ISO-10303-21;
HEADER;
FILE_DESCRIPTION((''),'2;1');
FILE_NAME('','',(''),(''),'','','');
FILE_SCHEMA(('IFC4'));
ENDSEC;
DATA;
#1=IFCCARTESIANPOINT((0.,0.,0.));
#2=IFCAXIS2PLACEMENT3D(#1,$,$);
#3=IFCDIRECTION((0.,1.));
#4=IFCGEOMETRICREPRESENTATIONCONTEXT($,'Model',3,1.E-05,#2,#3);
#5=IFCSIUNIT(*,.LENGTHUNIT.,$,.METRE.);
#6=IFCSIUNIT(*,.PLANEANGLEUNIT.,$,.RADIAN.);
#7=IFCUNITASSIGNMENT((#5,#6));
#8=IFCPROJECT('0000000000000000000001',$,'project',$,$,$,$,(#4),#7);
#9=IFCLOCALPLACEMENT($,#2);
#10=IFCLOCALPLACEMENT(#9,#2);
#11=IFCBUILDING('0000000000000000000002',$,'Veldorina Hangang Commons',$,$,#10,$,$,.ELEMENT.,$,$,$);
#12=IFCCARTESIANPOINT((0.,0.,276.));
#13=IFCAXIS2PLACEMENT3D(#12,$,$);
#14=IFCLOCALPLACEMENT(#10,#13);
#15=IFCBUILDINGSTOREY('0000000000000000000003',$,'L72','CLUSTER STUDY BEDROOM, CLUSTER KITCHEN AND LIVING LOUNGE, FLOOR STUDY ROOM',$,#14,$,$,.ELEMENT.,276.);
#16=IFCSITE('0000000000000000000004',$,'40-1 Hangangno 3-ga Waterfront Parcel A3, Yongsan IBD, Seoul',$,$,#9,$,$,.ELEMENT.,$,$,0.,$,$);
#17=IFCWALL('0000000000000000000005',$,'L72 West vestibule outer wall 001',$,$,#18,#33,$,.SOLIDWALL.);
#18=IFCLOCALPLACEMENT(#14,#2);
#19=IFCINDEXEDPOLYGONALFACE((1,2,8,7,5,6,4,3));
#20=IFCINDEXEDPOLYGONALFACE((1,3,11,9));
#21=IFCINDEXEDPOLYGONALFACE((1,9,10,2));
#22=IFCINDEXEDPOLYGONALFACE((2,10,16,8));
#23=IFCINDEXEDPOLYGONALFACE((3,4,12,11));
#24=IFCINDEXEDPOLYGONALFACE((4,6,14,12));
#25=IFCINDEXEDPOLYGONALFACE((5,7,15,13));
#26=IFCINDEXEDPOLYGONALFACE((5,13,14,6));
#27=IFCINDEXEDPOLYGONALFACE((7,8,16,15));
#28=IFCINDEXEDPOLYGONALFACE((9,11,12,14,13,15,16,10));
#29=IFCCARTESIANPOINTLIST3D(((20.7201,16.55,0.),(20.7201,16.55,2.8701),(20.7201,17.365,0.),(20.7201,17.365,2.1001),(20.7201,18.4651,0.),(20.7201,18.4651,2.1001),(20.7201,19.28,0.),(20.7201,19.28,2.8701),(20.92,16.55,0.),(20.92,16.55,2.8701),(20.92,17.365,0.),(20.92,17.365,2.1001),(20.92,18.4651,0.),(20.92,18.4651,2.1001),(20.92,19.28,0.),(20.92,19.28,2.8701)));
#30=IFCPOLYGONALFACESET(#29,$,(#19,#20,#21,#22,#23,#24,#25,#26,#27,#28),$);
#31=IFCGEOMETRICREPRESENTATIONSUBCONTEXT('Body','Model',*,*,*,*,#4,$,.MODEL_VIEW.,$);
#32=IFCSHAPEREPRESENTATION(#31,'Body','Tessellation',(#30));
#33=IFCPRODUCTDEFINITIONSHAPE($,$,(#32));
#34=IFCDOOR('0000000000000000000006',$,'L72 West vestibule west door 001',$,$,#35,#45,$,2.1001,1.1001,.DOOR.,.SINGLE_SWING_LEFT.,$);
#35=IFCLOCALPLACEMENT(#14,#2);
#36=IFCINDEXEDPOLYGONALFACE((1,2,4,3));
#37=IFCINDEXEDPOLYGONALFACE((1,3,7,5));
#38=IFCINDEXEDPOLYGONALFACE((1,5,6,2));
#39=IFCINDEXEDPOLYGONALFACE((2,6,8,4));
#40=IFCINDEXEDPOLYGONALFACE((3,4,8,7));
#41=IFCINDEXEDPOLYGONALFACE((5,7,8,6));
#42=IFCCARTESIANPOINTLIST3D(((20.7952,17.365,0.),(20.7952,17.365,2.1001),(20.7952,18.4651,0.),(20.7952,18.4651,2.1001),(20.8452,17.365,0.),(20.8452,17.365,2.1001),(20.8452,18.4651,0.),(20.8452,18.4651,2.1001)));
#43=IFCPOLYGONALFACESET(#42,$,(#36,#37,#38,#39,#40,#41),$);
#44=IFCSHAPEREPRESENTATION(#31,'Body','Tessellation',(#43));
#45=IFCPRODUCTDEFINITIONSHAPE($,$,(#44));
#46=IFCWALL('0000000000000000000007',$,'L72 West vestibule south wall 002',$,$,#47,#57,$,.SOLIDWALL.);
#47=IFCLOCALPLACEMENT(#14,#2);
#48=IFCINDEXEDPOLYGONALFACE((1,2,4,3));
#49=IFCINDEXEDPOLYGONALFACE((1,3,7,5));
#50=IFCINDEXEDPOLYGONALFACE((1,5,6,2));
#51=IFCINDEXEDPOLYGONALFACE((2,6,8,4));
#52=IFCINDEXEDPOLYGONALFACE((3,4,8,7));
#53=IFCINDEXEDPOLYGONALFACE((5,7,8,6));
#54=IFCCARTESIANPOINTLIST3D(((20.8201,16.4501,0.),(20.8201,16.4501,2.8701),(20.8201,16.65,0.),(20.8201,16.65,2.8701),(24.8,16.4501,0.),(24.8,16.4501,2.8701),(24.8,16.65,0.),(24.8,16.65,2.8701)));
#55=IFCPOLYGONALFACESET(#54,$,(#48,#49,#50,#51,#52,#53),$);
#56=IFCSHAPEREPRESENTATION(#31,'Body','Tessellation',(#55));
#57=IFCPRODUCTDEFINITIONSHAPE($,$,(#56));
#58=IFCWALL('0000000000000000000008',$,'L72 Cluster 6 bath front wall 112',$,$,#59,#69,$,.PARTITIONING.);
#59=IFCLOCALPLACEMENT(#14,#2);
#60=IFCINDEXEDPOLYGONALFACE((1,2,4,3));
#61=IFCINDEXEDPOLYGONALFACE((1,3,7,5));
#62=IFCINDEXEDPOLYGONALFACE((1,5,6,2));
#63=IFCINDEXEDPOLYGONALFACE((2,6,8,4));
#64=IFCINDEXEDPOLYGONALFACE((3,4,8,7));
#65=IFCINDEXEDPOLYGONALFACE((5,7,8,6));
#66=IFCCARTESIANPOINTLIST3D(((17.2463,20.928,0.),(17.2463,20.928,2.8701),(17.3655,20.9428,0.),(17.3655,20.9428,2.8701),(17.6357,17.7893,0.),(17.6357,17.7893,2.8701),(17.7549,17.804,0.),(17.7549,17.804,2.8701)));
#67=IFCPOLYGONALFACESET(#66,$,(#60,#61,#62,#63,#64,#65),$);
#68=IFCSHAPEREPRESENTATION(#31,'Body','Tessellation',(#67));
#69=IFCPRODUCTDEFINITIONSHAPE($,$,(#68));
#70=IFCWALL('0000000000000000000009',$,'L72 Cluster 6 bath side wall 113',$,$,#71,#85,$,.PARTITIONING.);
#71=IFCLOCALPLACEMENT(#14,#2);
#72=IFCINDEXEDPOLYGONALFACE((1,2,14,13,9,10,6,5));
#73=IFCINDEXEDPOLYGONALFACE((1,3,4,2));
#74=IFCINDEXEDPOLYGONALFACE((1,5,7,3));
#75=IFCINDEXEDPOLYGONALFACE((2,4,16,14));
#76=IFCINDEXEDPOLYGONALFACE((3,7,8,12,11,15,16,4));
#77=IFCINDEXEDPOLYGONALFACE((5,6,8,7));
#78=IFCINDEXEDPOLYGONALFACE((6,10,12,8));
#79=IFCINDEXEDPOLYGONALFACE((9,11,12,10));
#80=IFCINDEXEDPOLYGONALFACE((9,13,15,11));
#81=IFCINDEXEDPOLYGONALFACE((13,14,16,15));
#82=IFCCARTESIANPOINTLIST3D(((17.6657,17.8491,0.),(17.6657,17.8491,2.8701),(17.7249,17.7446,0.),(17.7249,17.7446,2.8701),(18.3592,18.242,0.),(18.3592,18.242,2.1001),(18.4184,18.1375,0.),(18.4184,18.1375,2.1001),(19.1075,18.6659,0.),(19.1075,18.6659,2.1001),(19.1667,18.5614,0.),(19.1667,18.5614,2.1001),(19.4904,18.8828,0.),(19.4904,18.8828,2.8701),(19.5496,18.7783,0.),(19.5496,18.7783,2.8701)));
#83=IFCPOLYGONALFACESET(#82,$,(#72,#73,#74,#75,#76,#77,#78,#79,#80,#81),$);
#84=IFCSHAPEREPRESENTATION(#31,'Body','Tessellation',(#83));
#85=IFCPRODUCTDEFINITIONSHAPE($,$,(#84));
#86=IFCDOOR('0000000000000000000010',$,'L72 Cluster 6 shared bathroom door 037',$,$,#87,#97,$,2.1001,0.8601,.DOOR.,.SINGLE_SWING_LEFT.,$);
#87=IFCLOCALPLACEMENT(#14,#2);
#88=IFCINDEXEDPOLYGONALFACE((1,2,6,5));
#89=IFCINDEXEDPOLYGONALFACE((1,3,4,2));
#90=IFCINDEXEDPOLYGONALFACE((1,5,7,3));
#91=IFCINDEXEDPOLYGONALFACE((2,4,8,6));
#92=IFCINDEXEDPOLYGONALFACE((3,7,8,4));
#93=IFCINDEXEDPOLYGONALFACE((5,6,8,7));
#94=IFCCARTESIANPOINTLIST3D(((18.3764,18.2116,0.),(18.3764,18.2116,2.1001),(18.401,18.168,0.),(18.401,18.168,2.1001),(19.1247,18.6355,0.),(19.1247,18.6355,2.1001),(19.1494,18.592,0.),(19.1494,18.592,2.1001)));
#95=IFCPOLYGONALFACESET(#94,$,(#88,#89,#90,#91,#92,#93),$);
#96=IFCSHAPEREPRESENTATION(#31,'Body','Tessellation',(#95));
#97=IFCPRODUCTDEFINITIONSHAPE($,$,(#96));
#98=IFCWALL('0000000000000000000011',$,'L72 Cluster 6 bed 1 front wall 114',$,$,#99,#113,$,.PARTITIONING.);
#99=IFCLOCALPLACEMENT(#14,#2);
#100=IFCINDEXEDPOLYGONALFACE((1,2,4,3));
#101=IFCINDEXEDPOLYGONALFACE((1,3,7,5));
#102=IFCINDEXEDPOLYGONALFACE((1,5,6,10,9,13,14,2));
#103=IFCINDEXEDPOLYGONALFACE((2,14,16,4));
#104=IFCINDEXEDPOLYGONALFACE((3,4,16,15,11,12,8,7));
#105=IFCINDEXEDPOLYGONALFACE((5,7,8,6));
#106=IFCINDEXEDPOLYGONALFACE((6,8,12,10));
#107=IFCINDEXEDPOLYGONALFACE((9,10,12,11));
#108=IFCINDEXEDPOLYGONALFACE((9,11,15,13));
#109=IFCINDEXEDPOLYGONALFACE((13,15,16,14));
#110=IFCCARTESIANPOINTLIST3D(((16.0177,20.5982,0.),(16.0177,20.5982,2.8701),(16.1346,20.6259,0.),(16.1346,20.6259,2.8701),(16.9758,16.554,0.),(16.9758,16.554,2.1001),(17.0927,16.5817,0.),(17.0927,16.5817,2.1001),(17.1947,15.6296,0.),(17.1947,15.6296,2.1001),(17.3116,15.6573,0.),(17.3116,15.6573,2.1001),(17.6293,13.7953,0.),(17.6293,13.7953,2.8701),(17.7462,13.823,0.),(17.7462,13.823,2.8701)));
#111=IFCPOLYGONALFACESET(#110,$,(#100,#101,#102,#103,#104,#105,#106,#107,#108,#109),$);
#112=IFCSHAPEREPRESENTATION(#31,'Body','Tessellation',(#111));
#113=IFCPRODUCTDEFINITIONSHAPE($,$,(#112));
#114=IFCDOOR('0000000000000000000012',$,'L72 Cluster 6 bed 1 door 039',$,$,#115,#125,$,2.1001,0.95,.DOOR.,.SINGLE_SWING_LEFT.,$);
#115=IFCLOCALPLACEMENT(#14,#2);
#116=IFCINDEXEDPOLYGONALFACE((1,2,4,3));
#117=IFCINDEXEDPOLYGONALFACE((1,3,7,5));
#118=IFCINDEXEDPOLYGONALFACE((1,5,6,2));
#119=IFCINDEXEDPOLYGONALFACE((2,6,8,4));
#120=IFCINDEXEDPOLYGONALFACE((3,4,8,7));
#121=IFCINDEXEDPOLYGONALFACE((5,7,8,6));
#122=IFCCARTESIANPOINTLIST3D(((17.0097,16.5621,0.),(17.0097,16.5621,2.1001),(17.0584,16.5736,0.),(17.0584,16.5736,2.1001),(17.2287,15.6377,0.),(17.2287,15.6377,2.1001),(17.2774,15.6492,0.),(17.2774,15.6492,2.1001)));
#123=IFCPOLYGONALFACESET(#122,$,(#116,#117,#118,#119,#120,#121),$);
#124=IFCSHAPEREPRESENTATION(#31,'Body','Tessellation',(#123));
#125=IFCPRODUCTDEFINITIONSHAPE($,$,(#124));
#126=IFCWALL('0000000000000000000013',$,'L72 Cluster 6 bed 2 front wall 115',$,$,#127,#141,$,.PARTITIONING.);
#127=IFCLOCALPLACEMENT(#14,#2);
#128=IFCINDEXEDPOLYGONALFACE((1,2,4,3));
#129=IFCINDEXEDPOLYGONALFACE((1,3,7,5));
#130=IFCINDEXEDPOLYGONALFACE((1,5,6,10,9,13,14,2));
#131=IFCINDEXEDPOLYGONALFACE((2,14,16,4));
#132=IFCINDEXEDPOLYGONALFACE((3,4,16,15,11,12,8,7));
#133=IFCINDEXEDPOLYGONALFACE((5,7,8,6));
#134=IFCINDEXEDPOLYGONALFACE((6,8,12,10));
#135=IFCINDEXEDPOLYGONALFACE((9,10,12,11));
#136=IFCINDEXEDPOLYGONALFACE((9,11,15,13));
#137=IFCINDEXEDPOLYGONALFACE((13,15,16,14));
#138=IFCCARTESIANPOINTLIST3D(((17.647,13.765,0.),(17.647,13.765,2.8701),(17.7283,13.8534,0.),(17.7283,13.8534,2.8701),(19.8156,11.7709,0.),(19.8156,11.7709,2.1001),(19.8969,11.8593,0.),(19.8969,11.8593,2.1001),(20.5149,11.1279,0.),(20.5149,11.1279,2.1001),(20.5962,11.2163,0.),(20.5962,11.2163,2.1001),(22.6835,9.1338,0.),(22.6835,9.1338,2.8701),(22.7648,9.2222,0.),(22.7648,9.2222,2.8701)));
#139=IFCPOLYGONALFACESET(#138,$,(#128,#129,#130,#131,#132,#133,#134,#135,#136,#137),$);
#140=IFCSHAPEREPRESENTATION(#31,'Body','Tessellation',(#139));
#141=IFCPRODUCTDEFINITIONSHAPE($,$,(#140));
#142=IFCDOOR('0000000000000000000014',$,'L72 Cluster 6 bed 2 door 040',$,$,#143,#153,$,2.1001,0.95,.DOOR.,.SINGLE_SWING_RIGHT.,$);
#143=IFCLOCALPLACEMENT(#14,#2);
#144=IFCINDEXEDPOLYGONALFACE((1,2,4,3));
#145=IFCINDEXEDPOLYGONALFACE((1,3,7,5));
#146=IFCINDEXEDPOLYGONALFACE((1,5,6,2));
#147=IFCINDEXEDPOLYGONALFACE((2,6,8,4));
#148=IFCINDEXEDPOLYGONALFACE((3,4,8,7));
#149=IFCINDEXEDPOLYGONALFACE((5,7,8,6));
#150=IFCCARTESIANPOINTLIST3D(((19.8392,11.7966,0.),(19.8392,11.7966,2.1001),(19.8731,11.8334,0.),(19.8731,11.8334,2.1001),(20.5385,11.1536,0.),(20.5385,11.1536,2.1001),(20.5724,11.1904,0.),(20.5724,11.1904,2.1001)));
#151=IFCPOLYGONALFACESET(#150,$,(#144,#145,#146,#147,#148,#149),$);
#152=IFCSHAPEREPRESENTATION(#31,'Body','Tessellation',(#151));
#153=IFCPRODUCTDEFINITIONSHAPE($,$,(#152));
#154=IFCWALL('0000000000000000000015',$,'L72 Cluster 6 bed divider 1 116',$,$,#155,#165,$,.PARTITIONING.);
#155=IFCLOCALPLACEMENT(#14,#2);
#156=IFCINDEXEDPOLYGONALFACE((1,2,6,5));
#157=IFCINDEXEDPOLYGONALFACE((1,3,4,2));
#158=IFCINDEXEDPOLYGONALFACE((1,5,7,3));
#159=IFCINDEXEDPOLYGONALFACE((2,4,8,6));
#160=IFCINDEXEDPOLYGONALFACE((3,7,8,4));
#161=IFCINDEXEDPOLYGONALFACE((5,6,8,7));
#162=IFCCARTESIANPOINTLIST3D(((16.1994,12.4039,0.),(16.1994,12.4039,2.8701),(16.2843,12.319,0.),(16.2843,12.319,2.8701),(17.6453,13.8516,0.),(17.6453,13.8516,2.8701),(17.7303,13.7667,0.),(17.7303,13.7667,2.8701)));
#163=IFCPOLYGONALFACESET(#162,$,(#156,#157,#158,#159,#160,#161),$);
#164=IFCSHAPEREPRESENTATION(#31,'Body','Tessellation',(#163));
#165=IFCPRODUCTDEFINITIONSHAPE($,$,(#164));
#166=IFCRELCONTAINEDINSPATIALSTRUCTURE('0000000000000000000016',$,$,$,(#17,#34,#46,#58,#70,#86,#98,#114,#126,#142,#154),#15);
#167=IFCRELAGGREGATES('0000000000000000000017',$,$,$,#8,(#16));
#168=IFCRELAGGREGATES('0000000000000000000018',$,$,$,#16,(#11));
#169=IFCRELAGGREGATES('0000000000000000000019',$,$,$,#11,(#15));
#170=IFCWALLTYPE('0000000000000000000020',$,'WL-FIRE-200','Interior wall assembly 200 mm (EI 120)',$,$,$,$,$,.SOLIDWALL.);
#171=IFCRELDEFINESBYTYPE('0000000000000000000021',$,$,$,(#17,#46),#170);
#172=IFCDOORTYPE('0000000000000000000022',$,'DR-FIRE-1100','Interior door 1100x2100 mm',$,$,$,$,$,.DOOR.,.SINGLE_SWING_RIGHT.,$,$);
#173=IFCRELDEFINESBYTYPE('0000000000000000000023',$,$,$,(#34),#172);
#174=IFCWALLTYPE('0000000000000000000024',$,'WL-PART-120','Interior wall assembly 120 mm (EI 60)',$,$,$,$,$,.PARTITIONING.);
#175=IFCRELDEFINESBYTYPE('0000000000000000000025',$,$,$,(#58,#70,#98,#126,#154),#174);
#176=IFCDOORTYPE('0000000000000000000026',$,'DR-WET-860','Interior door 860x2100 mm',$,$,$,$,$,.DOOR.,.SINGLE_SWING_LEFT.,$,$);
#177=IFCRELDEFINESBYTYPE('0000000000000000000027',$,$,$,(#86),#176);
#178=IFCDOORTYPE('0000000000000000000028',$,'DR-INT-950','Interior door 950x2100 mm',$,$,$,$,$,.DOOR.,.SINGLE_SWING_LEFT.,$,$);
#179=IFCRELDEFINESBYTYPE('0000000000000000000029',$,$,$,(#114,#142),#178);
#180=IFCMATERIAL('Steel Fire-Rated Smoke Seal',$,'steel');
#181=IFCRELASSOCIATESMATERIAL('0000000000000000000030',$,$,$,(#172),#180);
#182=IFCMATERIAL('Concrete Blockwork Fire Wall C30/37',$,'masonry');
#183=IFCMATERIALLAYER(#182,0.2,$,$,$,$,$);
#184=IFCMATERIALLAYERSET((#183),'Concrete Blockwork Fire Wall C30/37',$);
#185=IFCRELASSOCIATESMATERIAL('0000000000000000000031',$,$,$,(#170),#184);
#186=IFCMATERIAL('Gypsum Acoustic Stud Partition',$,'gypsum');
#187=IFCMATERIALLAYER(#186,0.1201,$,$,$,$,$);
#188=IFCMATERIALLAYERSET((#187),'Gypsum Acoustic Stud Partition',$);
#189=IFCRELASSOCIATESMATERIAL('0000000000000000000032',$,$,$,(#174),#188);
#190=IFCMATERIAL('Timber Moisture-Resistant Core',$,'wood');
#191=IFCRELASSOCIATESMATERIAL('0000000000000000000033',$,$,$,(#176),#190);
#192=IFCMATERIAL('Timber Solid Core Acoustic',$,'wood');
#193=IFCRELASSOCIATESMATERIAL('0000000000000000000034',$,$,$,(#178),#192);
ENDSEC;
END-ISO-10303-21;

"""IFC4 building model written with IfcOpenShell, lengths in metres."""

from ifc_helpers import new_model, si_unit, direction, frame, frame_2d, origin, place, context, subcontext, project, spatial, rectangle, extrude, material, layer, layer_set, type_object, element, fill, save


model = new_model("IFC4")

# Units and contexts
model_context = context("Model", 3, precision=1e-05, world=origin(), true_north=direction((0.0, 1.0)))
body_context = subcontext(model_context, "Body", "Model", "MODEL_VIEW")
ifc_project = project(units=[si_unit("LENGTHUNIT", "METRE"), si_unit("PLANEANGLEUNIT", "RADIAN")], contexts=[model_context])

# Site, building, storey
site_placement = place(None, origin())
site = spatial("IfcSite", under=ifc_project, at=site_placement, Name="40-1 Hangangno 3-ga Waterfront Parcel A3, Yongsan IBD, Seoul", CompositionType="ELEMENT", RefElevation=0.0)
building_placement = place(site_placement, origin())
building = spatial("IfcBuilding", under=site, at=building_placement, Name="Veldorina Hangang Commons", CompositionType="ELEMENT")
storey_placement = place(building_placement, frame((0.0, 0.0, 276.0)))
storey = spatial("IfcBuildingStorey", under=building, at=storey_placement, Name="L72", Description="CLUSTER STUDY BEDROOM, CLUSTER KITCHEN AND LIVING LOUNGE, FLOOR STUDY ROOM", CompositionType="ELEMENT", Elevation=276.0)

# Shared definitions
ifc_material_1 = material(Name="Steel Fire-Rated Smoke Seal", Category="steel")
door_type_1 = type_object("IfcDoorType", Name="DR-FIRE-1100", Description="Interior door 1100x2100 mm", OperationType="SINGLE_SWING_RIGHT", PredefinedType="DOOR", material=ifc_material_1)

# Wall, opening, door
ifc_material_2 = material(Name="Concrete Blockwork Fire Wall C30/37", Category="masonry")
ifc_layer_1 = layer(ifc_material_2, 0.2)
ifc_layer_set_1 = layer_set([ifc_layer_1], Name="Concrete Blockwork Fire Wall C30/37")
wall_type_1 = type_object("IfcWallType", Name="WL-FIRE-200", Description="Interior wall assembly 200 mm (EI 120)", PredefinedType="SOLIDWALL", material=ifc_layer_set_1)
wall_1_placement = place(storey_placement, frame((20.8201, 16.55, 0.0), z_axis=(0.0, 0.0, 1.0), x_axis=(0.0, 1.0, 0.0)))
wall_1 = element("IfcWall", 1, at=wall_1_placement, inside=storey, type_object=wall_type_1, Name="L72 West vestibule outer wall 001", PredefinedType="SOLIDWALL", context=body_context, shape_type="SweptSolid", body=[
    extrude(rectangle(XDim=2.73, YDim=0.2, at=frame_2d((1.365, 0.0))), origin(), (0.0, 0.0, 1.0), 2.8701),
])
opening_1_placement = place(wall_1_placement, frame((0.8149, 0.0, 0.0)))
opening_1 = element("IfcOpeningElement", 2, at=opening_1_placement, cuts=wall_1, PredefinedType="OPENING", context=body_context, shape_type="SweptSolid", body=[
    extrude(rectangle(XDim=1.1001, YDim=2.1001, at=frame_2d((0.55, 1.05))), frame((0.0, 0.1099, 0.0), z_axis=(0.0, -1.0, 0.0), x_axis=(1.0, 0.0, 0.0)), (0.0, 0.0, 1.0), 0.22),
])
door_1_placement = place(opening_1_placement, origin())
door_1 = element("IfcDoor", 3, at=door_1_placement, inside=storey, type_object=door_type_1, Name="L72 West vestibule west door 001", OperationType="SINGLE_SWING_LEFT", OverallHeight=2.1001, OverallWidth=1.1001, PredefinedType="DOOR", context=body_context, shape_type="SweptSolid", body=[
    extrude(rectangle(XDim=1.1001, YDim=2.1001, at=frame_2d((0.55, 1.05))), frame((0.0, 0.0249, 0.0), z_axis=(0.0, -1.0, 0.0), x_axis=(1.0, 0.0, 0.0)), (0.0, 0.0, 1.0), 0.05),
])
fill(opening_1, door_1)

# Walls
wall_2_placement = place(storey_placement, frame((20.8201, 16.55, 0.0), z_axis=(0.0, 0.0, 1.0), x_axis=(1.0, 0.0, 0.0)))
element("IfcWall", 4, at=wall_2_placement, inside=storey, type_object=wall_type_1, Name="L72 West vestibule south wall 002", PredefinedType="SOLIDWALL", context=body_context, shape_type="SweptSolid", body=[
    extrude(rectangle(XDim=3.98, YDim=0.2, at=frame_2d((1.99, 0.0))), origin(), (0.0, 0.0, 1.0), 2.8701),
])
ifc_material_3 = material(Name="Gypsum Acoustic Stud Partition", Category="gypsum")
ifc_layer_2 = layer(ifc_material_3, 0.1201)
ifc_layer_set_2 = layer_set([ifc_layer_2], Name="Gypsum Acoustic Stud Partition")
wall_type_2 = type_object("IfcWallType", Name="WL-PART-120", Description="Interior wall assembly 120 mm (EI 60)", PredefinedType="PARTITIONING", material=ifc_layer_set_2)
wall_3_placement = place(storey_placement, frame((17.3059, 20.9355, 0.0), z_axis=(0.0, 0.0, 1.0), x_axis=(0.123123, -0.992391, 0.0)))
element("IfcWall", 5, at=wall_3_placement, inside=storey, type_object=wall_type_2, Name="L72 Cluster 6 bath front wall 112", PredefinedType="PARTITIONING", context=body_context, shape_type="SweptSolid", body=[
    extrude(rectangle(XDim=3.1628, YDim=0.1201, at=frame_2d((1.5815, 0.0))), origin(), (0.0, 0.0, 1.0), 2.8701),
])

# Walls, openings, doors
wall_4_placement = place(storey_placement, frame((19.52, 18.8306, 0.0), z_axis=(0.0, 0.0, 1.0), x_axis=(-0.870085, -0.492901, 0.0)))
wall_4 = element("IfcWall", 6, at=wall_4_placement, inside=storey, type_object=wall_type_2, Name="L72 Cluster 6 bath side wall 113", PredefinedType="PARTITIONING", context=body_context, shape_type="SweptSolid", body=[
    extrude(rectangle(XDim=2.0972, YDim=0.1201, at=frame_2d((1.0486, 0.0))), origin(), (0.0, 0.0, 1.0), 2.8701),
])
opening_2_placement = place(wall_4_placement, frame((0.4399, 0.0, 0.0)))
opening_2 = element("IfcOpeningElement", 7, at=opening_2_placement, cuts=wall_4, PredefinedType="OPENING", context=body_context, shape_type="SweptSolid", body=[
    extrude(rectangle(XDim=0.8601, YDim=2.1001, at=frame_2d((0.4302, 1.05))), frame((0.0, 0.0701, 0.0), z_axis=(0.0, -1.0, 0.0), x_axis=(1.0, 0.0, 0.0)), (0.0, 0.0, 1.0), 0.1401),
])
ifc_material_4 = material(Name="Timber Moisture-Resistant Core", Category="wood")
door_type_2 = type_object("IfcDoorType", Name="DR-WET-860", Description="Interior door 860x2100 mm", OperationType="SINGLE_SWING_LEFT", PredefinedType="DOOR", material=ifc_material_4)
door_2_placement = place(opening_2_placement, origin())
door_2 = element("IfcDoor", 8, at=door_2_placement, inside=storey, type_object=door_type_2, Name="L72 Cluster 6 shared bathroom door 037", OperationType="SINGLE_SWING_LEFT", OverallHeight=2.1001, OverallWidth=0.8601, PredefinedType="DOOR", context=body_context, shape_type="SweptSolid", body=[
    extrude(rectangle(XDim=0.8601, YDim=2.1001, at=frame_2d((0.4302, 1.05))), frame((0.0, 0.0249, 0.0), z_axis=(0.0, -1.0, 0.0), x_axis=(1.0, 0.0, 0.0)), (0.0, 0.0, 1.0), 0.05),
])
fill(opening_2, door_2)
wall_5_placement = place(storey_placement, frame((16.0762, 20.6121, 0.0), z_axis=(0.0, 0.0, 1.0), x_axis=(0.230513, -0.973069, 0.0)))
wall_5 = element("IfcWall", 9, at=wall_5_placement, inside=storey, type_object=wall_type_2, Name="L72 Cluster 6 bed 1 front wall 114", PredefinedType="PARTITIONING", context=body_context, shape_type="SweptSolid", body=[
    extrude(rectangle(XDim=6.9912, YDim=0.1201, at=frame_2d((3.4956, 0.0))), origin(), (0.0, 0.0, 1.0), 2.8701),
])
opening_3_placement = place(wall_5_placement, frame((4.156, 0.0, 0.0)))
opening_3 = element("IfcOpeningElement", 10, at=opening_3_placement, cuts=wall_5, PredefinedType="OPENING", context=body_context, shape_type="SweptSolid", body=[
    extrude(rectangle(XDim=0.95, YDim=2.1001, at=frame_2d((0.4751, 1.05))), frame((0.0, 0.0701, 0.0), z_axis=(0.0, -1.0, 0.0), x_axis=(1.0, 0.0, 0.0)), (0.0, 0.0, 1.0), 0.1401),
])
ifc_material_5 = material(Name="Timber Solid Core Acoustic", Category="wood")
door_type_3 = type_object("IfcDoorType", Name="DR-INT-950", Description="Interior door 950x2100 mm", OperationType="SINGLE_SWING_LEFT", PredefinedType="DOOR", material=ifc_material_5)
door_3_placement = place(opening_3_placement, origin())
door_3 = element("IfcDoor", 11, at=door_3_placement, inside=storey, type_object=door_type_3, Name="L72 Cluster 6 bed 1 door 039", OperationType="SINGLE_SWING_LEFT", OverallHeight=2.1001, OverallWidth=0.95, PredefinedType="DOOR", context=body_context, shape_type="SweptSolid", body=[
    extrude(rectangle(XDim=0.95, YDim=2.1001, at=frame_2d((0.4751, 1.05))), frame((0.0, 0.0249, 0.0), z_axis=(0.0, -1.0, 0.0), x_axis=(1.0, 0.0, 0.0)), (0.0, 0.0, 1.0), 0.05),
])
fill(opening_3, door_3)
wall_6_placement = place(storey_placement, frame((17.6877, 13.8091, 0.0), z_axis=(0.0, 0.0, 1.0), x_axis=(0.736103, -0.676869, 0.0)))
wall_6 = element("IfcWall", 12, at=wall_6_placement, inside=storey, type_object=wall_type_2, Name="L72 Cluster 6 bed 2 front wall 115", PredefinedType="PARTITIONING", context=body_context, shape_type="SweptSolid", body=[
    extrude(rectangle(XDim=6.842, YDim=0.1201, at=frame_2d((3.4209, 0.0))), origin(), (0.0, 0.0, 1.0), 2.8701),
])
opening_4_placement = place(wall_6_placement, frame((2.9458, 0.0, 0.0)))
opening_4 = element("IfcOpeningElement", 13, at=opening_4_placement, cuts=wall_6, PredefinedType="OPENING", context=body_context, shape_type="SweptSolid", body=[
    extrude(rectangle(XDim=0.95, YDim=2.1001, at=frame_2d((0.4751, 1.05))), frame((0.0, 0.0701, 0.0), z_axis=(0.0, -1.0, 0.0), x_axis=(1.0, 0.0, 0.0)), (0.0, 0.0, 1.0), 0.1401),
])
door_4_placement = place(opening_4_placement, origin())
door_4 = element("IfcDoor", 14, at=door_4_placement, inside=storey, type_object=door_type_3, Name="L72 Cluster 6 bed 2 door 040", OperationType="SINGLE_SWING_RIGHT", OverallHeight=2.1001, OverallWidth=0.95, PredefinedType="DOOR", context=body_context, shape_type="SweptSolid", body=[
    extrude(rectangle(XDim=0.95, YDim=2.1001, at=frame_2d((0.4751, 1.05))), frame((0.0, 0.0249, 0.0), z_axis=(0.0, -1.0, 0.0), x_axis=(1.0, 0.0, 0.0)), (0.0, 0.0, 1.0), 0.05),
])
fill(opening_4, door_4)

# Wall
wall_7_placement = place(storey_placement, frame((17.6877, 13.8091, 0.0), z_axis=(0.0, 0.0, 1.0), x_axis=(-0.706689, -0.707524, 0.0)))
element("IfcWall", 15, at=wall_7_placement, inside=storey, type_object=wall_type_2, Name="L72 Cluster 6 bed divider 1 116", PredefinedType="PARTITIONING", context=body_context, shape_type="SweptSolid", body=[
    extrude(rectangle(XDim=2.0461, YDim=0.1201, at=frame_2d((1.0229, 0.0))), origin(), (0.0, 0.0, 1.0), 2.8701),
])

save(model, "model.ifc")
